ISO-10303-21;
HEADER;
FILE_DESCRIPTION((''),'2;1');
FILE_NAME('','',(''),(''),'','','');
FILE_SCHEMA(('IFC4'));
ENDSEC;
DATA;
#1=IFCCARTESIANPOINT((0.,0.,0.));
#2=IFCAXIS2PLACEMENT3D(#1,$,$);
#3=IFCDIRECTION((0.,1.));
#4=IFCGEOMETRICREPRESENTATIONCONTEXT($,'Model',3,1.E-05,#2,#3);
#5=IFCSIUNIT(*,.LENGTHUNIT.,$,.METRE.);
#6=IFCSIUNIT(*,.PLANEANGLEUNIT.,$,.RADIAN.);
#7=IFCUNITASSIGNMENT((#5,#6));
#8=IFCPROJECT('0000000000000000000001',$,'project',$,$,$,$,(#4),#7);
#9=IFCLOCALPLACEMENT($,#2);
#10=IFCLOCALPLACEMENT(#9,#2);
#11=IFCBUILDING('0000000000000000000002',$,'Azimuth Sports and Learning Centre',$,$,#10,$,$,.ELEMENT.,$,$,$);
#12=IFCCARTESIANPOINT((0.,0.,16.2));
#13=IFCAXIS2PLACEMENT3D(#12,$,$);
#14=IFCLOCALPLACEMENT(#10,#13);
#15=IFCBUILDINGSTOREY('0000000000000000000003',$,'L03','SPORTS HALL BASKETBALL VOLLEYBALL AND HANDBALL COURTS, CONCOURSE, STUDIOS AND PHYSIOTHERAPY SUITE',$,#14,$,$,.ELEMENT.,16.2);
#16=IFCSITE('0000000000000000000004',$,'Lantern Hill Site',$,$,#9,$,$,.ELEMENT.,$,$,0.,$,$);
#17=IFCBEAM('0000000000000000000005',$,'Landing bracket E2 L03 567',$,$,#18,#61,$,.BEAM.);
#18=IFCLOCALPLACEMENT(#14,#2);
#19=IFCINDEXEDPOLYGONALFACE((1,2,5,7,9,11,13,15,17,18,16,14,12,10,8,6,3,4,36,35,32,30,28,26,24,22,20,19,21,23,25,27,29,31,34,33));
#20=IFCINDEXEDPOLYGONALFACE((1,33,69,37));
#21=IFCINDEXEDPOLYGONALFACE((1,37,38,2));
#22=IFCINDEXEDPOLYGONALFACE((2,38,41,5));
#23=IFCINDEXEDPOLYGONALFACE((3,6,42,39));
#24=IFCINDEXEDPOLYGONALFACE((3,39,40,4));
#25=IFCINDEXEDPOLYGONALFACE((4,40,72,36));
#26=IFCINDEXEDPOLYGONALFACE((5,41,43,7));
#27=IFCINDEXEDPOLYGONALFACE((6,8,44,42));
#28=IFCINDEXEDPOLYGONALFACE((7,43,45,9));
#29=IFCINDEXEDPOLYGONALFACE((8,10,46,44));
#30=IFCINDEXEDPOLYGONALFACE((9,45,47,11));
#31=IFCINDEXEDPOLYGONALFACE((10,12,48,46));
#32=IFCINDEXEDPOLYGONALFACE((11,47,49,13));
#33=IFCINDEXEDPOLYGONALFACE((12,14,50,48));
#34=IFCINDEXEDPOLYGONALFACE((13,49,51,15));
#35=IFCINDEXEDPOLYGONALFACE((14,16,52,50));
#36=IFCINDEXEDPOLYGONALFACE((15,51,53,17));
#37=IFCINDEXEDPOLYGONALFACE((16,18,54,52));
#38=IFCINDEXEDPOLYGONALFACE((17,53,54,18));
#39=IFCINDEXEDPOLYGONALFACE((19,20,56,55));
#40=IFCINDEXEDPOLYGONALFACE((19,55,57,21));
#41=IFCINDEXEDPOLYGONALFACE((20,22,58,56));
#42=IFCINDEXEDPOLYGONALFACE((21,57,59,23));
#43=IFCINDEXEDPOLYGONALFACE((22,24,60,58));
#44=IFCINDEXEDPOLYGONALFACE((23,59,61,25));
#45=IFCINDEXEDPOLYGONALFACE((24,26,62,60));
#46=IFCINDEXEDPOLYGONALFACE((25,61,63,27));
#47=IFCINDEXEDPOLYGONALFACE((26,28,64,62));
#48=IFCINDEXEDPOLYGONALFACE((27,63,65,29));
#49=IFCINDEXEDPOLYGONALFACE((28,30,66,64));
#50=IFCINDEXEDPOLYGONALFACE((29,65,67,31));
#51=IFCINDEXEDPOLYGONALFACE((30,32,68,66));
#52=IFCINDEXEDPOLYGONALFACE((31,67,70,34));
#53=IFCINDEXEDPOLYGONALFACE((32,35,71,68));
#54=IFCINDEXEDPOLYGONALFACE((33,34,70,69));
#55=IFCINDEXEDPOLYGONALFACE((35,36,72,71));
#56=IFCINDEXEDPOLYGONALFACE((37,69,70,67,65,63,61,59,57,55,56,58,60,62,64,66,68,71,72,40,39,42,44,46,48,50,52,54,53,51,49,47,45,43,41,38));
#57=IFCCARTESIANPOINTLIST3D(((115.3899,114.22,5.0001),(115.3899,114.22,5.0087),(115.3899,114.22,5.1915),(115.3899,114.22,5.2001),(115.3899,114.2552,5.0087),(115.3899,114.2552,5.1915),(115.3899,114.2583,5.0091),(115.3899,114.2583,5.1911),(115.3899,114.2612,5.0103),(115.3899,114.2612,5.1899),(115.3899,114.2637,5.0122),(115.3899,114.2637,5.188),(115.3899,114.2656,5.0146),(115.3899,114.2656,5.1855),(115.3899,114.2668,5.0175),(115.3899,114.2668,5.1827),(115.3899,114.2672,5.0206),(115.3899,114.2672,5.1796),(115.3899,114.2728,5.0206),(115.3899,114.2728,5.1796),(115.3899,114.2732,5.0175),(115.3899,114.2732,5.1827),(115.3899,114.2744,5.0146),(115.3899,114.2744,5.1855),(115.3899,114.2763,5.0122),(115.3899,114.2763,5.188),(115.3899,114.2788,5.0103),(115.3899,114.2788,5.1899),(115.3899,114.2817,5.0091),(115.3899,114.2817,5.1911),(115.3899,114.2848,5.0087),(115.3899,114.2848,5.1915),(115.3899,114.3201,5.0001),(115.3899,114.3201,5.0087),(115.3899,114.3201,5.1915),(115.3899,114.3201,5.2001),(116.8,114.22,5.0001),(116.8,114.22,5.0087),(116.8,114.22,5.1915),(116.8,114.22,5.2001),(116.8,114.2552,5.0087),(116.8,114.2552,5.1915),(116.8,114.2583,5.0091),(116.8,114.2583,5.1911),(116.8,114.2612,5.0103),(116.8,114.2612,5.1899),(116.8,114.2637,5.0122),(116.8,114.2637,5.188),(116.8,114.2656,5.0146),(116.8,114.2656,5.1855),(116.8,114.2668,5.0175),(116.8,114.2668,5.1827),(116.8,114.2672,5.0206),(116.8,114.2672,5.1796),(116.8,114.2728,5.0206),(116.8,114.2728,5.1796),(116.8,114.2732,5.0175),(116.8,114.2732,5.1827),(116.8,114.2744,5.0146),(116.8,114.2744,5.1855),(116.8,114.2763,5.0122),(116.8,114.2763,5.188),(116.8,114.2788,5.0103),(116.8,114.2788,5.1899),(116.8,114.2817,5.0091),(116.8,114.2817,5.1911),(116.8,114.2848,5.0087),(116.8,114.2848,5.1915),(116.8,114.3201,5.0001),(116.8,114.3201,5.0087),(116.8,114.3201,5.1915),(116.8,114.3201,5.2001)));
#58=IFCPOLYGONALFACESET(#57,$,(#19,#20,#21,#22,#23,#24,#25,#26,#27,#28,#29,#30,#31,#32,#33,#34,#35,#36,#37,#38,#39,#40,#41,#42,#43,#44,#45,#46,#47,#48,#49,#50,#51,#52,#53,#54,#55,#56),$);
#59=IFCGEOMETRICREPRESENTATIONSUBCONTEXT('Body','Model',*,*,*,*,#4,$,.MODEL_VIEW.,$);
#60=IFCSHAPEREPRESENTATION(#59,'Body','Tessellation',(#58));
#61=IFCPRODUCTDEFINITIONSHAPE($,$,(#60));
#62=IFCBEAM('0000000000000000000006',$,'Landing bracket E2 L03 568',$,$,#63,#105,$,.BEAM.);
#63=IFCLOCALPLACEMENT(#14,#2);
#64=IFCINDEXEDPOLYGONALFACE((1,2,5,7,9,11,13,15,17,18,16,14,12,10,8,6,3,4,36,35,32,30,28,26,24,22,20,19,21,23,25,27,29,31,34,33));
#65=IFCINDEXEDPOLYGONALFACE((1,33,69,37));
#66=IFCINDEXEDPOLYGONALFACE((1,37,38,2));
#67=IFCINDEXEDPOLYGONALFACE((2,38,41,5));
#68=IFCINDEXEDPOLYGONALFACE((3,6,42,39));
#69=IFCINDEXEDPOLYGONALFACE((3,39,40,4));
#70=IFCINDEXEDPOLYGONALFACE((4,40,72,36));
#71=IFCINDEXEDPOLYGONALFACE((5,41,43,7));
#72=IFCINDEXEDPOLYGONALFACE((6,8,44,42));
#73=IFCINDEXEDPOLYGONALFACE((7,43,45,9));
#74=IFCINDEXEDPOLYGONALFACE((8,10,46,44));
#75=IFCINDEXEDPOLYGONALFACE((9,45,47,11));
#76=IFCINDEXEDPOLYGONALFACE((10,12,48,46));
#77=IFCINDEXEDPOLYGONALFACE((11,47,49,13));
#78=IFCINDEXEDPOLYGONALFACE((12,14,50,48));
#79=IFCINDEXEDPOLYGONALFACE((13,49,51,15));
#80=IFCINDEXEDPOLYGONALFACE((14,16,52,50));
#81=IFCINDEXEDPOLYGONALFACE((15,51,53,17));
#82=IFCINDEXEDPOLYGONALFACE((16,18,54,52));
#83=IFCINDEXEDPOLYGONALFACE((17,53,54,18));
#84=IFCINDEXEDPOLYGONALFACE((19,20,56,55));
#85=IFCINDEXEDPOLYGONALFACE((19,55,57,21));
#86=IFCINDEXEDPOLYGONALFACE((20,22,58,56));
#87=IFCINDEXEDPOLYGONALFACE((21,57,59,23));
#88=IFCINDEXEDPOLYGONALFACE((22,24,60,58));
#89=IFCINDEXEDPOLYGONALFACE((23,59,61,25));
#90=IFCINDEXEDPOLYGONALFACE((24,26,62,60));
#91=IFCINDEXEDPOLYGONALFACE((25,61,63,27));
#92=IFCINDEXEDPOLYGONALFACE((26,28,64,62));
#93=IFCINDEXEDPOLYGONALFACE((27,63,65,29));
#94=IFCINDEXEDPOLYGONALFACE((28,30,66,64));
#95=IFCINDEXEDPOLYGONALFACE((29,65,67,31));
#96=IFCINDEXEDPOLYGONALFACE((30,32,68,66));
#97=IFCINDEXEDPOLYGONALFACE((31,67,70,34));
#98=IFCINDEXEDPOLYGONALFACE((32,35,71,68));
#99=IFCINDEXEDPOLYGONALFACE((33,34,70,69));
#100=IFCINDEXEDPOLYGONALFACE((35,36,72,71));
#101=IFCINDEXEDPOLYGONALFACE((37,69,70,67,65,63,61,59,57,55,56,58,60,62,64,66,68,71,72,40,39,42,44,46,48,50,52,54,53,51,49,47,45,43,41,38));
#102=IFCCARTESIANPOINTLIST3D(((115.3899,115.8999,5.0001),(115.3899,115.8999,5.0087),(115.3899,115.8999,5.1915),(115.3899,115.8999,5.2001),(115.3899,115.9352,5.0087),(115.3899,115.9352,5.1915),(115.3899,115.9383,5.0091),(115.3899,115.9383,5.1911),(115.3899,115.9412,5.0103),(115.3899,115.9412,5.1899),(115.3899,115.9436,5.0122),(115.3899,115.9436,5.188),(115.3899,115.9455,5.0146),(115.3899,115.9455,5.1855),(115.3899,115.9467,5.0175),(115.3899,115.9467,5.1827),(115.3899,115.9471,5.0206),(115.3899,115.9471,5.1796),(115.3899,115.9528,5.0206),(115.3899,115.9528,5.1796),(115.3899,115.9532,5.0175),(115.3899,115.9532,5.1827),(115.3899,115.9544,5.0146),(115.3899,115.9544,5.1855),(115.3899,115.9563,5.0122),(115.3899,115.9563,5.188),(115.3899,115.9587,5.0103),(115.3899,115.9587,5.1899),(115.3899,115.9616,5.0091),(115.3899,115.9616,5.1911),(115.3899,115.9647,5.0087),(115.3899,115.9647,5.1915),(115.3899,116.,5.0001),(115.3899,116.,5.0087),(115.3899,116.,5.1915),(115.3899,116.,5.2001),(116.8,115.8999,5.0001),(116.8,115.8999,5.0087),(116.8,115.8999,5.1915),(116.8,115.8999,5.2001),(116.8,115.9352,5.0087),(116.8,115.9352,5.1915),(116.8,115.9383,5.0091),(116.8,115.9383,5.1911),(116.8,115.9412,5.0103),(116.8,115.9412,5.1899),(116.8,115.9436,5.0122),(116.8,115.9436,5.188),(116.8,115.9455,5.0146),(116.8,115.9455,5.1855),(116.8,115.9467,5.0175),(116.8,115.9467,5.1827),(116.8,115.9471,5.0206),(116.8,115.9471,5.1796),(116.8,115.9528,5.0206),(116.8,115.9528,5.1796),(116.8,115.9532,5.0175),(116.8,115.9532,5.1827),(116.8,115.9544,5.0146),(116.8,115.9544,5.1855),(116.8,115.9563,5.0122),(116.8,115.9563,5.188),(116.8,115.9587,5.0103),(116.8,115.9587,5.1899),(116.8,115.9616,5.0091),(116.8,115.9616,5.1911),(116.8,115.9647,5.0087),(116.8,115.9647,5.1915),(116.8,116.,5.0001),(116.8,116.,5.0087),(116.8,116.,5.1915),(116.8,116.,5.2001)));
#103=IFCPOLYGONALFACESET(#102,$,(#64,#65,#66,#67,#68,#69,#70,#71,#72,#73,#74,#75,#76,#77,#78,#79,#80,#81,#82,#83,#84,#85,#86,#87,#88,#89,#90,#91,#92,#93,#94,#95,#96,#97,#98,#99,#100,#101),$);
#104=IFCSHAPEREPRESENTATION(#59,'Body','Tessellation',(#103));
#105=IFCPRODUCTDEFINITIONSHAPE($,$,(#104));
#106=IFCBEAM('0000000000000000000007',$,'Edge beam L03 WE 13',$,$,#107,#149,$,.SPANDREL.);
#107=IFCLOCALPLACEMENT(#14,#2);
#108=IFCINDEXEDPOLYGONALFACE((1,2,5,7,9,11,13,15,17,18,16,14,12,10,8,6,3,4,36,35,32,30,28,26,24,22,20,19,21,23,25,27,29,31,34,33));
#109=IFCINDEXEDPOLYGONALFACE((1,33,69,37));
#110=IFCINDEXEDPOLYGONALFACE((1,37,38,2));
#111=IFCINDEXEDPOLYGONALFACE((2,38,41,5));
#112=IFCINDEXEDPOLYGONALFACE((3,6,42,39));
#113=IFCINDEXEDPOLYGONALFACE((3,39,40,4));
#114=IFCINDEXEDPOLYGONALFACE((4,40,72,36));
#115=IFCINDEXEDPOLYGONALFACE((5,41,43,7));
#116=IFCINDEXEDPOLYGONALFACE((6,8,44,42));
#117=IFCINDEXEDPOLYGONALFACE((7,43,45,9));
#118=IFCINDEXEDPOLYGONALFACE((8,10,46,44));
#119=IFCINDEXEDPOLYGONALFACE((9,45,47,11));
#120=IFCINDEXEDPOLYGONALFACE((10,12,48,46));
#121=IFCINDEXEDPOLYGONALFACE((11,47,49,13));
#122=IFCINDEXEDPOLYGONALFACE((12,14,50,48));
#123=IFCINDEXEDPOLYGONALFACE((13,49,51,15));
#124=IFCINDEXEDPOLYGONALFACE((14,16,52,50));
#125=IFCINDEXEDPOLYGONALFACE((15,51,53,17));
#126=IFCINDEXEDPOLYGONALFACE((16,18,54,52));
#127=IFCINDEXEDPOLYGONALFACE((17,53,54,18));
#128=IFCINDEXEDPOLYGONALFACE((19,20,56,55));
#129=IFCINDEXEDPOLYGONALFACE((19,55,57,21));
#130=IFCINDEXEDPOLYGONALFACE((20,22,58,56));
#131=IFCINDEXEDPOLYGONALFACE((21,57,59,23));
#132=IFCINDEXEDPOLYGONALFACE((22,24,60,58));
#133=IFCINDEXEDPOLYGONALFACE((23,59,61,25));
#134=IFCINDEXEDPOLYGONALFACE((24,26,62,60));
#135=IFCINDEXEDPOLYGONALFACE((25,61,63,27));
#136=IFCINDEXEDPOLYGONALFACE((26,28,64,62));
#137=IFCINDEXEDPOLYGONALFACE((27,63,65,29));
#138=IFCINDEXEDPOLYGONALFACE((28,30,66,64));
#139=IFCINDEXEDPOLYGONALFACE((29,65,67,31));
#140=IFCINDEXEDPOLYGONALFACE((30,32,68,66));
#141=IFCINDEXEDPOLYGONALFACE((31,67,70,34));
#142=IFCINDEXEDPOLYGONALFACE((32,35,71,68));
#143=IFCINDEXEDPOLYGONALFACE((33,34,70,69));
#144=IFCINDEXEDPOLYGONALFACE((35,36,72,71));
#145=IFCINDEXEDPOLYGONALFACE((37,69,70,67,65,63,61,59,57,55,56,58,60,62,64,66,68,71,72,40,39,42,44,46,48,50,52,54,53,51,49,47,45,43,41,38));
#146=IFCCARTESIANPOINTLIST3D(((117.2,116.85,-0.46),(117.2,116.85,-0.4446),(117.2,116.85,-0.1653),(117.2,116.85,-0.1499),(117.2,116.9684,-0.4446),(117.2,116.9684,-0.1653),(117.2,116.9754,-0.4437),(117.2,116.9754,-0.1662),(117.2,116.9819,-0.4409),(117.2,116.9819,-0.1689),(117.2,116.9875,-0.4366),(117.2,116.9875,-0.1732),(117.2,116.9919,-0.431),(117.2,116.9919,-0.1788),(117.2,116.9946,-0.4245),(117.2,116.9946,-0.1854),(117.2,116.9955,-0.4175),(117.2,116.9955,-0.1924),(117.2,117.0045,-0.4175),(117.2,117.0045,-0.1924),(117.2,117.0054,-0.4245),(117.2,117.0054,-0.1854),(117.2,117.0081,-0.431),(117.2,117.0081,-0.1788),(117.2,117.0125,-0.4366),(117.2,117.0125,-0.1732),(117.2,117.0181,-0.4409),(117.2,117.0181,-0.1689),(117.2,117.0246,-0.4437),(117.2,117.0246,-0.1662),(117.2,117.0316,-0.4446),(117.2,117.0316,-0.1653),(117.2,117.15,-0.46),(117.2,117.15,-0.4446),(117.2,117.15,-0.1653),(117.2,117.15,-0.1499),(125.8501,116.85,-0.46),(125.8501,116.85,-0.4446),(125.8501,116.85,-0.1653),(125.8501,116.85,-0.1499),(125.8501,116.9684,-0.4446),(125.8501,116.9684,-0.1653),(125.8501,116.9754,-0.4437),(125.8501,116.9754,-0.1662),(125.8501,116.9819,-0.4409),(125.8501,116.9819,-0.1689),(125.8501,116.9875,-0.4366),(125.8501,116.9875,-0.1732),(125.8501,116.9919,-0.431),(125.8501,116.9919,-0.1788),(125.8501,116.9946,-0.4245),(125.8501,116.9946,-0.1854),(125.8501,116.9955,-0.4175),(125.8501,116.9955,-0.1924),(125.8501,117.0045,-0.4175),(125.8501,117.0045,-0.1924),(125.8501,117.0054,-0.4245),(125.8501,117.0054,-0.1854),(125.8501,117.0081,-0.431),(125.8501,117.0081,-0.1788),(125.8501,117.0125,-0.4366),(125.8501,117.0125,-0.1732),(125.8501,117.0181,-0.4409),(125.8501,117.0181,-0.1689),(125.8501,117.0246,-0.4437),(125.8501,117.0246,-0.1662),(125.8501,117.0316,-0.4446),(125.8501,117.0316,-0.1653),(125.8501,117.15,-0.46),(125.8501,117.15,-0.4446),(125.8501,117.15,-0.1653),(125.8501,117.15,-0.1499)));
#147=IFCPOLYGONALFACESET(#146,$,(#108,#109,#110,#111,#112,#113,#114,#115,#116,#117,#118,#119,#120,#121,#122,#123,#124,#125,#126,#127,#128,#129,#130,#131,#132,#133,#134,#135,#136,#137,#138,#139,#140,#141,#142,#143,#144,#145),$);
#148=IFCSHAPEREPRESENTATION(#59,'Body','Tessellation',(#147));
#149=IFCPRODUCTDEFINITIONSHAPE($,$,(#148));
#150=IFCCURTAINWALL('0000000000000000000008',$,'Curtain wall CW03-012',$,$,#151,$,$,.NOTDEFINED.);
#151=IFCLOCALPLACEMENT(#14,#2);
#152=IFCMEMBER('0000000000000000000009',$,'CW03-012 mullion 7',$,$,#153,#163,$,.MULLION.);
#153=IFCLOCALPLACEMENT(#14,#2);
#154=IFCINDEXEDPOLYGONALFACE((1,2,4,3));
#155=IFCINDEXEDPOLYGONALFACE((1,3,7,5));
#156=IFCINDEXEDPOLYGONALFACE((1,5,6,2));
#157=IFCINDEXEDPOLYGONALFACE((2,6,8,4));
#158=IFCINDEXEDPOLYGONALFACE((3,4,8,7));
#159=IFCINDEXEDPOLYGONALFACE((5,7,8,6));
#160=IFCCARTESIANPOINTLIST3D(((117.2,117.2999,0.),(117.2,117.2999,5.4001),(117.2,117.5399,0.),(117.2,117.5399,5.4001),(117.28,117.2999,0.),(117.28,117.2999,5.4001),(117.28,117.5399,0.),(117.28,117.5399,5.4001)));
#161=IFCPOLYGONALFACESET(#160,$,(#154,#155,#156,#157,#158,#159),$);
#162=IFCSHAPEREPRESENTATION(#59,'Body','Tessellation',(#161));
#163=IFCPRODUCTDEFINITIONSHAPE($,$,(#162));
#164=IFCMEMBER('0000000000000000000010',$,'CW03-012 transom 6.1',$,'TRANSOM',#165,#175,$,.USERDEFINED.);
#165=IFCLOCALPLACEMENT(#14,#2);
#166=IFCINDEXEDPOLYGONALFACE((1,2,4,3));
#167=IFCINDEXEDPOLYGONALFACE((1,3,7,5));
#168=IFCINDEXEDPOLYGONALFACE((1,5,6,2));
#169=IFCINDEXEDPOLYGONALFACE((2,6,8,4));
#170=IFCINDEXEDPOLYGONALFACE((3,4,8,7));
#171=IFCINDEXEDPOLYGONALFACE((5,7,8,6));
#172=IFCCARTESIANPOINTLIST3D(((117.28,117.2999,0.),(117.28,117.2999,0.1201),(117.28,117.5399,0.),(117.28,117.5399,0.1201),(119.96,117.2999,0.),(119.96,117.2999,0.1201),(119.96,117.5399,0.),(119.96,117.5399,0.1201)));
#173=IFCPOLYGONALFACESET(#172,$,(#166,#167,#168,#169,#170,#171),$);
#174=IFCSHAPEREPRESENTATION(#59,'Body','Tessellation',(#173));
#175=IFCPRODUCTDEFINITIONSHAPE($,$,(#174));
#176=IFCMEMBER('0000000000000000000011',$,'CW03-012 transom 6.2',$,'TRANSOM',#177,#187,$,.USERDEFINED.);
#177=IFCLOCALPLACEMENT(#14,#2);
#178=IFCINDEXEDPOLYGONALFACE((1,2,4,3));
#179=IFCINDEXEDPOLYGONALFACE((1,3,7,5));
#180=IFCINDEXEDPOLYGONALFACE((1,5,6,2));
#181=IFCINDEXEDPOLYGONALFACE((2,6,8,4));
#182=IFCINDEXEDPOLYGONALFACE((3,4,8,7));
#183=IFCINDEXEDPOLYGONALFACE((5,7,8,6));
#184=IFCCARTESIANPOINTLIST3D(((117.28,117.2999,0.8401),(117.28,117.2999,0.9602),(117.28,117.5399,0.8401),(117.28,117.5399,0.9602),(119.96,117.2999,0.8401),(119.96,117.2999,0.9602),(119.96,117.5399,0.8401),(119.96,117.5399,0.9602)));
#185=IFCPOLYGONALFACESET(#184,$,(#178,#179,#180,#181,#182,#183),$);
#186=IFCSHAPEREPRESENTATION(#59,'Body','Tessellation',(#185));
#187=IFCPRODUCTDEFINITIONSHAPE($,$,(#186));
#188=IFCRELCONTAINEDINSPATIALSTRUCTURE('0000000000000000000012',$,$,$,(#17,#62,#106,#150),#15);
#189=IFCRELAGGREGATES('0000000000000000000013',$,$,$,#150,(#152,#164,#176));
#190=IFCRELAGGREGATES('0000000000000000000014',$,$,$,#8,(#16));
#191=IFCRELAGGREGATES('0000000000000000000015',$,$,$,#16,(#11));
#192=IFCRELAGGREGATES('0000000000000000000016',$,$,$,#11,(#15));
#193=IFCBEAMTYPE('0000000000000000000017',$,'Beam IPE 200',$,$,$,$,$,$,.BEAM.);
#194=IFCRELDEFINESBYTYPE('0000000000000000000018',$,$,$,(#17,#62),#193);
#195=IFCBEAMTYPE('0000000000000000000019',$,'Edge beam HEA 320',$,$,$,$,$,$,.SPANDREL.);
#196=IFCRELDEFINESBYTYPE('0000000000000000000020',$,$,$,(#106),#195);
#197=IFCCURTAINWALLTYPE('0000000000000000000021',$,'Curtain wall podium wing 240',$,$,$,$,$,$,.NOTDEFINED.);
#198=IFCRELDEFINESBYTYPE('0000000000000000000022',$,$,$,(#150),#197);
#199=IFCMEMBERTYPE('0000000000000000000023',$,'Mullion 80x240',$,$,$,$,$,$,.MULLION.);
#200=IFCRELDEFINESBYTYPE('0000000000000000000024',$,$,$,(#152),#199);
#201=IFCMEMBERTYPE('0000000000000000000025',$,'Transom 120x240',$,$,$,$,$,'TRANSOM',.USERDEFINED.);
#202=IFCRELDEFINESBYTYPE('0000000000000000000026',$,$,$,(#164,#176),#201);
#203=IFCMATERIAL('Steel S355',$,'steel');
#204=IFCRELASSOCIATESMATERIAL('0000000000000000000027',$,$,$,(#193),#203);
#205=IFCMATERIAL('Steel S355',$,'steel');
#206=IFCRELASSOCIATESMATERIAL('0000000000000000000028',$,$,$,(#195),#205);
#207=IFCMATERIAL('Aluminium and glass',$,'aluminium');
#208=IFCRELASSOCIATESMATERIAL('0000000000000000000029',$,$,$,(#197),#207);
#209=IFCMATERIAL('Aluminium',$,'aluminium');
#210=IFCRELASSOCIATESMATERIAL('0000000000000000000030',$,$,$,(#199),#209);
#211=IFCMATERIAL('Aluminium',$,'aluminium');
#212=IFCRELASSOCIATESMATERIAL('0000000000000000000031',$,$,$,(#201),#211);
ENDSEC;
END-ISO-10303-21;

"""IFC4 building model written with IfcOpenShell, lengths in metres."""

from ifc_helpers import new_model, si_unit, direction, frame, origin, origin_2d, place, context, subcontext, project, spatial, rectangle, i_section, extrude, material, material_profile, profile_set, type_object, element, aggregate, save


model = new_model("IFC4")

# Units and contexts
model_context = context("Model", 3, precision=1e-05, world=origin(), true_north=direction((0.0, 1.0)))
body_context = subcontext(model_context, "Body", "Model", "MODEL_VIEW")
ifc_project = project(units=[si_unit("LENGTHUNIT", "METRE"), si_unit("PLANEANGLEUNIT", "RADIAN")], contexts=[model_context])

# Site, building, storey
site_placement = place(None, origin())
site = spatial("IfcSite", under=ifc_project, at=site_placement, Name="Lantern Hill Site", CompositionType="ELEMENT", RefElevation=0.0)
building_placement = place(site_placement, origin())
building = spatial("IfcBuilding", under=site, at=building_placement, Name="Azimuth Sports and Learning Centre", CompositionType="ELEMENT")
storey_placement = place(building_placement, frame((0.0, 0.0, 16.2)))
storey = spatial("IfcBuildingStorey", under=building, at=storey_placement, Name="L03", Description="SPORTS HALL BASKETBALL VOLLEYBALL AND HANDBALL COURTS, CONCOURSE, STUDIOS AND PHYSIOTHERAPY SUITE", CompositionType="ELEMENT", Elevation=16.2)

# Beams
ifc_material_1 = material(Name="Steel S355", Category="steel")
ifc_material_profile_1 = material_profile(ifc_material_1, i_section(OverallWidth=0.1001, OverallDepth=0.2, WebThickness=0.0056, FlangeThickness=0.0085, FilletRadius=0.012, at=origin_2d()), Name="IPE 200")
ifc_profile_set_1 = profile_set([ifc_material_profile_1], Name="Steel S355")
beam_type_1 = type_object("IfcBeamType", Name="Beam IPE 200", PredefinedType="BEAM", material=ifc_profile_set_1)
for number, where, z_axis, x_axis, name in (
    (1, (116.8, 114.27, 5.1001), (-1.0, 0.0, 0.0), (0.0, -1.0, 0.0), "Landing bracket E2 L03 567"),
    (2, (116.8, 115.95, 5.1001), (-1.0, 0.0, 0.0), (0.0, -1.0, 0.0), "Landing bracket E2 L03 568"),
):
    element("IfcBeam", number, at=place(storey_placement, frame(where, z_axis=z_axis, x_axis=x_axis)), inside=storey, type_object=beam_type_1, Name=name, PredefinedType="BEAM", context=body_context, shape_type="SweptSolid", body=[
        extrude(i_section(OverallWidth=0.1001, OverallDepth=0.2, WebThickness=0.0056, FlangeThickness=0.0085, FilletRadius=0.012, at=origin_2d()), origin(), (0.0, 0.0, 1.0), 1.4102),
    ])
ifc_material_2 = material(Name="Steel S355", Category="steel")
ifc_material_profile_2 = material_profile(ifc_material_2, i_section(OverallWidth=0.3, OverallDepth=0.3101, WebThickness=0.009, FlangeThickness=0.0154, FilletRadius=0.0271, at=origin_2d()), Name="HEA 320")
ifc_profile_set_2 = profile_set([ifc_material_profile_2], Name="Steel S355")
beam_type_2 = type_object("IfcBeamType", Name="Edge beam HEA 320", PredefinedType="SPANDREL", material=ifc_profile_set_2)
beam_placement = place(storey_placement, frame((117.2, 117.0, -0.3049), z_axis=(1.0, 0.0, 0.0), x_axis=(0.0, 1.0, 0.0)))
element("IfcBeam", 3, at=beam_placement, inside=storey, type_object=beam_type_2, Name="Edge beam L03 WE 13", PredefinedType="SPANDREL", context=body_context, shape_type="SweptSolid", body=[
    extrude(i_section(OverallWidth=0.3, OverallDepth=0.3101, WebThickness=0.009, FlangeThickness=0.0154, FilletRadius=0.0271, at=origin_2d()), origin(), (0.0, 0.0, 1.0), 8.6501),
])

# Curtain wall, members
ifc_material_3 = material(Name="Aluminium and glass", Category="aluminium")
curtain_wall_type = type_object("IfcCurtainWallType", Name="Curtain wall podium wing 240", PredefinedType="NOTDEFINED", material=ifc_material_3)
curtain_wall_placement = place(storey_placement, origin())
curtain_wall = element("IfcCurtainWall", 4, at=curtain_wall_placement, inside=storey, type_object=curtain_wall_type, Name="Curtain wall CW03-012", PredefinedType="NOTDEFINED")
ifc_material_4 = material(Name="Aluminium", Category="aluminium")
ifc_material_profile_3 = material_profile(ifc_material_4, rectangle(XDim=0.24, YDim=0.0801, at=origin_2d()), Name="Mullion 80x240")
ifc_profile_set_3 = profile_set([ifc_material_profile_3], Name="Aluminium")
member_type_1 = type_object("IfcMemberType", Name="Mullion 80x240", PredefinedType="MULLION", material=ifc_profile_set_3)
member_1_placement = place(storey_placement, frame((117.24, 117.4199, 0.0), z_axis=(0.0, 0.0, 1.0), x_axis=(0.0, -1.0, 0.0)))
member_1 = element("IfcMember", 5, at=member_1_placement, type_object=member_type_1, Name="CW03-012 mullion 7", PredefinedType="MULLION", context=body_context, shape_type="SweptSolid", body=[
    extrude(rectangle(XDim=0.24, YDim=0.0801, at=origin_2d()), origin(), (0.0, 0.0, 1.0), 5.4001),
])
ifc_material_5 = material(Name="Aluminium", Category="aluminium")
ifc_material_profile_4 = material_profile(ifc_material_5, rectangle(XDim=0.24, YDim=0.1201, at=origin_2d()), Name="Transom 120x240")
ifc_profile_set_4 = profile_set([ifc_material_profile_4], Name="Aluminium")
member_type_2 = type_object("IfcMemberType", Name="Transom 120x240", ElementType="TRANSOM", PredefinedType="USERDEFINED", material=ifc_profile_set_4)
member_2_placement = place(storey_placement, frame((119.96, 117.4199, 0.0601), z_axis=(-1.0, 0.0, 0.0), x_axis=(0.0, -1.0, 0.0)))
member_2 = element("IfcMember", 6, at=member_2_placement, type_object=member_type_2, Name="CW03-012 transom 6.1", ObjectType="TRANSOM", PredefinedType="USERDEFINED", context=body_context, shape_type="SweptSolid", body=[
    extrude(rectangle(XDim=0.24, YDim=0.1201, at=origin_2d()), origin(), (0.0, 0.0, 1.0), 2.6799),
])
member_3_placement = place(storey_placement, frame((119.96, 117.4199, 0.9001), z_axis=(-1.0, 0.0, 0.0), x_axis=(0.0, -1.0, 0.0)))
member_3 = element("IfcMember", 7, at=member_3_placement, type_object=member_type_2, Name="CW03-012 transom 6.2", ObjectType="TRANSOM", PredefinedType="USERDEFINED", context=body_context, shape_type="SweptSolid", body=[
    extrude(rectangle(XDim=0.24, YDim=0.1201, at=origin_2d()), origin(), (0.0, 0.0, 1.0), 2.6799),
])
aggregate(curtain_wall, [member_1, member_2, member_3])

save(model, "model.ifc")
